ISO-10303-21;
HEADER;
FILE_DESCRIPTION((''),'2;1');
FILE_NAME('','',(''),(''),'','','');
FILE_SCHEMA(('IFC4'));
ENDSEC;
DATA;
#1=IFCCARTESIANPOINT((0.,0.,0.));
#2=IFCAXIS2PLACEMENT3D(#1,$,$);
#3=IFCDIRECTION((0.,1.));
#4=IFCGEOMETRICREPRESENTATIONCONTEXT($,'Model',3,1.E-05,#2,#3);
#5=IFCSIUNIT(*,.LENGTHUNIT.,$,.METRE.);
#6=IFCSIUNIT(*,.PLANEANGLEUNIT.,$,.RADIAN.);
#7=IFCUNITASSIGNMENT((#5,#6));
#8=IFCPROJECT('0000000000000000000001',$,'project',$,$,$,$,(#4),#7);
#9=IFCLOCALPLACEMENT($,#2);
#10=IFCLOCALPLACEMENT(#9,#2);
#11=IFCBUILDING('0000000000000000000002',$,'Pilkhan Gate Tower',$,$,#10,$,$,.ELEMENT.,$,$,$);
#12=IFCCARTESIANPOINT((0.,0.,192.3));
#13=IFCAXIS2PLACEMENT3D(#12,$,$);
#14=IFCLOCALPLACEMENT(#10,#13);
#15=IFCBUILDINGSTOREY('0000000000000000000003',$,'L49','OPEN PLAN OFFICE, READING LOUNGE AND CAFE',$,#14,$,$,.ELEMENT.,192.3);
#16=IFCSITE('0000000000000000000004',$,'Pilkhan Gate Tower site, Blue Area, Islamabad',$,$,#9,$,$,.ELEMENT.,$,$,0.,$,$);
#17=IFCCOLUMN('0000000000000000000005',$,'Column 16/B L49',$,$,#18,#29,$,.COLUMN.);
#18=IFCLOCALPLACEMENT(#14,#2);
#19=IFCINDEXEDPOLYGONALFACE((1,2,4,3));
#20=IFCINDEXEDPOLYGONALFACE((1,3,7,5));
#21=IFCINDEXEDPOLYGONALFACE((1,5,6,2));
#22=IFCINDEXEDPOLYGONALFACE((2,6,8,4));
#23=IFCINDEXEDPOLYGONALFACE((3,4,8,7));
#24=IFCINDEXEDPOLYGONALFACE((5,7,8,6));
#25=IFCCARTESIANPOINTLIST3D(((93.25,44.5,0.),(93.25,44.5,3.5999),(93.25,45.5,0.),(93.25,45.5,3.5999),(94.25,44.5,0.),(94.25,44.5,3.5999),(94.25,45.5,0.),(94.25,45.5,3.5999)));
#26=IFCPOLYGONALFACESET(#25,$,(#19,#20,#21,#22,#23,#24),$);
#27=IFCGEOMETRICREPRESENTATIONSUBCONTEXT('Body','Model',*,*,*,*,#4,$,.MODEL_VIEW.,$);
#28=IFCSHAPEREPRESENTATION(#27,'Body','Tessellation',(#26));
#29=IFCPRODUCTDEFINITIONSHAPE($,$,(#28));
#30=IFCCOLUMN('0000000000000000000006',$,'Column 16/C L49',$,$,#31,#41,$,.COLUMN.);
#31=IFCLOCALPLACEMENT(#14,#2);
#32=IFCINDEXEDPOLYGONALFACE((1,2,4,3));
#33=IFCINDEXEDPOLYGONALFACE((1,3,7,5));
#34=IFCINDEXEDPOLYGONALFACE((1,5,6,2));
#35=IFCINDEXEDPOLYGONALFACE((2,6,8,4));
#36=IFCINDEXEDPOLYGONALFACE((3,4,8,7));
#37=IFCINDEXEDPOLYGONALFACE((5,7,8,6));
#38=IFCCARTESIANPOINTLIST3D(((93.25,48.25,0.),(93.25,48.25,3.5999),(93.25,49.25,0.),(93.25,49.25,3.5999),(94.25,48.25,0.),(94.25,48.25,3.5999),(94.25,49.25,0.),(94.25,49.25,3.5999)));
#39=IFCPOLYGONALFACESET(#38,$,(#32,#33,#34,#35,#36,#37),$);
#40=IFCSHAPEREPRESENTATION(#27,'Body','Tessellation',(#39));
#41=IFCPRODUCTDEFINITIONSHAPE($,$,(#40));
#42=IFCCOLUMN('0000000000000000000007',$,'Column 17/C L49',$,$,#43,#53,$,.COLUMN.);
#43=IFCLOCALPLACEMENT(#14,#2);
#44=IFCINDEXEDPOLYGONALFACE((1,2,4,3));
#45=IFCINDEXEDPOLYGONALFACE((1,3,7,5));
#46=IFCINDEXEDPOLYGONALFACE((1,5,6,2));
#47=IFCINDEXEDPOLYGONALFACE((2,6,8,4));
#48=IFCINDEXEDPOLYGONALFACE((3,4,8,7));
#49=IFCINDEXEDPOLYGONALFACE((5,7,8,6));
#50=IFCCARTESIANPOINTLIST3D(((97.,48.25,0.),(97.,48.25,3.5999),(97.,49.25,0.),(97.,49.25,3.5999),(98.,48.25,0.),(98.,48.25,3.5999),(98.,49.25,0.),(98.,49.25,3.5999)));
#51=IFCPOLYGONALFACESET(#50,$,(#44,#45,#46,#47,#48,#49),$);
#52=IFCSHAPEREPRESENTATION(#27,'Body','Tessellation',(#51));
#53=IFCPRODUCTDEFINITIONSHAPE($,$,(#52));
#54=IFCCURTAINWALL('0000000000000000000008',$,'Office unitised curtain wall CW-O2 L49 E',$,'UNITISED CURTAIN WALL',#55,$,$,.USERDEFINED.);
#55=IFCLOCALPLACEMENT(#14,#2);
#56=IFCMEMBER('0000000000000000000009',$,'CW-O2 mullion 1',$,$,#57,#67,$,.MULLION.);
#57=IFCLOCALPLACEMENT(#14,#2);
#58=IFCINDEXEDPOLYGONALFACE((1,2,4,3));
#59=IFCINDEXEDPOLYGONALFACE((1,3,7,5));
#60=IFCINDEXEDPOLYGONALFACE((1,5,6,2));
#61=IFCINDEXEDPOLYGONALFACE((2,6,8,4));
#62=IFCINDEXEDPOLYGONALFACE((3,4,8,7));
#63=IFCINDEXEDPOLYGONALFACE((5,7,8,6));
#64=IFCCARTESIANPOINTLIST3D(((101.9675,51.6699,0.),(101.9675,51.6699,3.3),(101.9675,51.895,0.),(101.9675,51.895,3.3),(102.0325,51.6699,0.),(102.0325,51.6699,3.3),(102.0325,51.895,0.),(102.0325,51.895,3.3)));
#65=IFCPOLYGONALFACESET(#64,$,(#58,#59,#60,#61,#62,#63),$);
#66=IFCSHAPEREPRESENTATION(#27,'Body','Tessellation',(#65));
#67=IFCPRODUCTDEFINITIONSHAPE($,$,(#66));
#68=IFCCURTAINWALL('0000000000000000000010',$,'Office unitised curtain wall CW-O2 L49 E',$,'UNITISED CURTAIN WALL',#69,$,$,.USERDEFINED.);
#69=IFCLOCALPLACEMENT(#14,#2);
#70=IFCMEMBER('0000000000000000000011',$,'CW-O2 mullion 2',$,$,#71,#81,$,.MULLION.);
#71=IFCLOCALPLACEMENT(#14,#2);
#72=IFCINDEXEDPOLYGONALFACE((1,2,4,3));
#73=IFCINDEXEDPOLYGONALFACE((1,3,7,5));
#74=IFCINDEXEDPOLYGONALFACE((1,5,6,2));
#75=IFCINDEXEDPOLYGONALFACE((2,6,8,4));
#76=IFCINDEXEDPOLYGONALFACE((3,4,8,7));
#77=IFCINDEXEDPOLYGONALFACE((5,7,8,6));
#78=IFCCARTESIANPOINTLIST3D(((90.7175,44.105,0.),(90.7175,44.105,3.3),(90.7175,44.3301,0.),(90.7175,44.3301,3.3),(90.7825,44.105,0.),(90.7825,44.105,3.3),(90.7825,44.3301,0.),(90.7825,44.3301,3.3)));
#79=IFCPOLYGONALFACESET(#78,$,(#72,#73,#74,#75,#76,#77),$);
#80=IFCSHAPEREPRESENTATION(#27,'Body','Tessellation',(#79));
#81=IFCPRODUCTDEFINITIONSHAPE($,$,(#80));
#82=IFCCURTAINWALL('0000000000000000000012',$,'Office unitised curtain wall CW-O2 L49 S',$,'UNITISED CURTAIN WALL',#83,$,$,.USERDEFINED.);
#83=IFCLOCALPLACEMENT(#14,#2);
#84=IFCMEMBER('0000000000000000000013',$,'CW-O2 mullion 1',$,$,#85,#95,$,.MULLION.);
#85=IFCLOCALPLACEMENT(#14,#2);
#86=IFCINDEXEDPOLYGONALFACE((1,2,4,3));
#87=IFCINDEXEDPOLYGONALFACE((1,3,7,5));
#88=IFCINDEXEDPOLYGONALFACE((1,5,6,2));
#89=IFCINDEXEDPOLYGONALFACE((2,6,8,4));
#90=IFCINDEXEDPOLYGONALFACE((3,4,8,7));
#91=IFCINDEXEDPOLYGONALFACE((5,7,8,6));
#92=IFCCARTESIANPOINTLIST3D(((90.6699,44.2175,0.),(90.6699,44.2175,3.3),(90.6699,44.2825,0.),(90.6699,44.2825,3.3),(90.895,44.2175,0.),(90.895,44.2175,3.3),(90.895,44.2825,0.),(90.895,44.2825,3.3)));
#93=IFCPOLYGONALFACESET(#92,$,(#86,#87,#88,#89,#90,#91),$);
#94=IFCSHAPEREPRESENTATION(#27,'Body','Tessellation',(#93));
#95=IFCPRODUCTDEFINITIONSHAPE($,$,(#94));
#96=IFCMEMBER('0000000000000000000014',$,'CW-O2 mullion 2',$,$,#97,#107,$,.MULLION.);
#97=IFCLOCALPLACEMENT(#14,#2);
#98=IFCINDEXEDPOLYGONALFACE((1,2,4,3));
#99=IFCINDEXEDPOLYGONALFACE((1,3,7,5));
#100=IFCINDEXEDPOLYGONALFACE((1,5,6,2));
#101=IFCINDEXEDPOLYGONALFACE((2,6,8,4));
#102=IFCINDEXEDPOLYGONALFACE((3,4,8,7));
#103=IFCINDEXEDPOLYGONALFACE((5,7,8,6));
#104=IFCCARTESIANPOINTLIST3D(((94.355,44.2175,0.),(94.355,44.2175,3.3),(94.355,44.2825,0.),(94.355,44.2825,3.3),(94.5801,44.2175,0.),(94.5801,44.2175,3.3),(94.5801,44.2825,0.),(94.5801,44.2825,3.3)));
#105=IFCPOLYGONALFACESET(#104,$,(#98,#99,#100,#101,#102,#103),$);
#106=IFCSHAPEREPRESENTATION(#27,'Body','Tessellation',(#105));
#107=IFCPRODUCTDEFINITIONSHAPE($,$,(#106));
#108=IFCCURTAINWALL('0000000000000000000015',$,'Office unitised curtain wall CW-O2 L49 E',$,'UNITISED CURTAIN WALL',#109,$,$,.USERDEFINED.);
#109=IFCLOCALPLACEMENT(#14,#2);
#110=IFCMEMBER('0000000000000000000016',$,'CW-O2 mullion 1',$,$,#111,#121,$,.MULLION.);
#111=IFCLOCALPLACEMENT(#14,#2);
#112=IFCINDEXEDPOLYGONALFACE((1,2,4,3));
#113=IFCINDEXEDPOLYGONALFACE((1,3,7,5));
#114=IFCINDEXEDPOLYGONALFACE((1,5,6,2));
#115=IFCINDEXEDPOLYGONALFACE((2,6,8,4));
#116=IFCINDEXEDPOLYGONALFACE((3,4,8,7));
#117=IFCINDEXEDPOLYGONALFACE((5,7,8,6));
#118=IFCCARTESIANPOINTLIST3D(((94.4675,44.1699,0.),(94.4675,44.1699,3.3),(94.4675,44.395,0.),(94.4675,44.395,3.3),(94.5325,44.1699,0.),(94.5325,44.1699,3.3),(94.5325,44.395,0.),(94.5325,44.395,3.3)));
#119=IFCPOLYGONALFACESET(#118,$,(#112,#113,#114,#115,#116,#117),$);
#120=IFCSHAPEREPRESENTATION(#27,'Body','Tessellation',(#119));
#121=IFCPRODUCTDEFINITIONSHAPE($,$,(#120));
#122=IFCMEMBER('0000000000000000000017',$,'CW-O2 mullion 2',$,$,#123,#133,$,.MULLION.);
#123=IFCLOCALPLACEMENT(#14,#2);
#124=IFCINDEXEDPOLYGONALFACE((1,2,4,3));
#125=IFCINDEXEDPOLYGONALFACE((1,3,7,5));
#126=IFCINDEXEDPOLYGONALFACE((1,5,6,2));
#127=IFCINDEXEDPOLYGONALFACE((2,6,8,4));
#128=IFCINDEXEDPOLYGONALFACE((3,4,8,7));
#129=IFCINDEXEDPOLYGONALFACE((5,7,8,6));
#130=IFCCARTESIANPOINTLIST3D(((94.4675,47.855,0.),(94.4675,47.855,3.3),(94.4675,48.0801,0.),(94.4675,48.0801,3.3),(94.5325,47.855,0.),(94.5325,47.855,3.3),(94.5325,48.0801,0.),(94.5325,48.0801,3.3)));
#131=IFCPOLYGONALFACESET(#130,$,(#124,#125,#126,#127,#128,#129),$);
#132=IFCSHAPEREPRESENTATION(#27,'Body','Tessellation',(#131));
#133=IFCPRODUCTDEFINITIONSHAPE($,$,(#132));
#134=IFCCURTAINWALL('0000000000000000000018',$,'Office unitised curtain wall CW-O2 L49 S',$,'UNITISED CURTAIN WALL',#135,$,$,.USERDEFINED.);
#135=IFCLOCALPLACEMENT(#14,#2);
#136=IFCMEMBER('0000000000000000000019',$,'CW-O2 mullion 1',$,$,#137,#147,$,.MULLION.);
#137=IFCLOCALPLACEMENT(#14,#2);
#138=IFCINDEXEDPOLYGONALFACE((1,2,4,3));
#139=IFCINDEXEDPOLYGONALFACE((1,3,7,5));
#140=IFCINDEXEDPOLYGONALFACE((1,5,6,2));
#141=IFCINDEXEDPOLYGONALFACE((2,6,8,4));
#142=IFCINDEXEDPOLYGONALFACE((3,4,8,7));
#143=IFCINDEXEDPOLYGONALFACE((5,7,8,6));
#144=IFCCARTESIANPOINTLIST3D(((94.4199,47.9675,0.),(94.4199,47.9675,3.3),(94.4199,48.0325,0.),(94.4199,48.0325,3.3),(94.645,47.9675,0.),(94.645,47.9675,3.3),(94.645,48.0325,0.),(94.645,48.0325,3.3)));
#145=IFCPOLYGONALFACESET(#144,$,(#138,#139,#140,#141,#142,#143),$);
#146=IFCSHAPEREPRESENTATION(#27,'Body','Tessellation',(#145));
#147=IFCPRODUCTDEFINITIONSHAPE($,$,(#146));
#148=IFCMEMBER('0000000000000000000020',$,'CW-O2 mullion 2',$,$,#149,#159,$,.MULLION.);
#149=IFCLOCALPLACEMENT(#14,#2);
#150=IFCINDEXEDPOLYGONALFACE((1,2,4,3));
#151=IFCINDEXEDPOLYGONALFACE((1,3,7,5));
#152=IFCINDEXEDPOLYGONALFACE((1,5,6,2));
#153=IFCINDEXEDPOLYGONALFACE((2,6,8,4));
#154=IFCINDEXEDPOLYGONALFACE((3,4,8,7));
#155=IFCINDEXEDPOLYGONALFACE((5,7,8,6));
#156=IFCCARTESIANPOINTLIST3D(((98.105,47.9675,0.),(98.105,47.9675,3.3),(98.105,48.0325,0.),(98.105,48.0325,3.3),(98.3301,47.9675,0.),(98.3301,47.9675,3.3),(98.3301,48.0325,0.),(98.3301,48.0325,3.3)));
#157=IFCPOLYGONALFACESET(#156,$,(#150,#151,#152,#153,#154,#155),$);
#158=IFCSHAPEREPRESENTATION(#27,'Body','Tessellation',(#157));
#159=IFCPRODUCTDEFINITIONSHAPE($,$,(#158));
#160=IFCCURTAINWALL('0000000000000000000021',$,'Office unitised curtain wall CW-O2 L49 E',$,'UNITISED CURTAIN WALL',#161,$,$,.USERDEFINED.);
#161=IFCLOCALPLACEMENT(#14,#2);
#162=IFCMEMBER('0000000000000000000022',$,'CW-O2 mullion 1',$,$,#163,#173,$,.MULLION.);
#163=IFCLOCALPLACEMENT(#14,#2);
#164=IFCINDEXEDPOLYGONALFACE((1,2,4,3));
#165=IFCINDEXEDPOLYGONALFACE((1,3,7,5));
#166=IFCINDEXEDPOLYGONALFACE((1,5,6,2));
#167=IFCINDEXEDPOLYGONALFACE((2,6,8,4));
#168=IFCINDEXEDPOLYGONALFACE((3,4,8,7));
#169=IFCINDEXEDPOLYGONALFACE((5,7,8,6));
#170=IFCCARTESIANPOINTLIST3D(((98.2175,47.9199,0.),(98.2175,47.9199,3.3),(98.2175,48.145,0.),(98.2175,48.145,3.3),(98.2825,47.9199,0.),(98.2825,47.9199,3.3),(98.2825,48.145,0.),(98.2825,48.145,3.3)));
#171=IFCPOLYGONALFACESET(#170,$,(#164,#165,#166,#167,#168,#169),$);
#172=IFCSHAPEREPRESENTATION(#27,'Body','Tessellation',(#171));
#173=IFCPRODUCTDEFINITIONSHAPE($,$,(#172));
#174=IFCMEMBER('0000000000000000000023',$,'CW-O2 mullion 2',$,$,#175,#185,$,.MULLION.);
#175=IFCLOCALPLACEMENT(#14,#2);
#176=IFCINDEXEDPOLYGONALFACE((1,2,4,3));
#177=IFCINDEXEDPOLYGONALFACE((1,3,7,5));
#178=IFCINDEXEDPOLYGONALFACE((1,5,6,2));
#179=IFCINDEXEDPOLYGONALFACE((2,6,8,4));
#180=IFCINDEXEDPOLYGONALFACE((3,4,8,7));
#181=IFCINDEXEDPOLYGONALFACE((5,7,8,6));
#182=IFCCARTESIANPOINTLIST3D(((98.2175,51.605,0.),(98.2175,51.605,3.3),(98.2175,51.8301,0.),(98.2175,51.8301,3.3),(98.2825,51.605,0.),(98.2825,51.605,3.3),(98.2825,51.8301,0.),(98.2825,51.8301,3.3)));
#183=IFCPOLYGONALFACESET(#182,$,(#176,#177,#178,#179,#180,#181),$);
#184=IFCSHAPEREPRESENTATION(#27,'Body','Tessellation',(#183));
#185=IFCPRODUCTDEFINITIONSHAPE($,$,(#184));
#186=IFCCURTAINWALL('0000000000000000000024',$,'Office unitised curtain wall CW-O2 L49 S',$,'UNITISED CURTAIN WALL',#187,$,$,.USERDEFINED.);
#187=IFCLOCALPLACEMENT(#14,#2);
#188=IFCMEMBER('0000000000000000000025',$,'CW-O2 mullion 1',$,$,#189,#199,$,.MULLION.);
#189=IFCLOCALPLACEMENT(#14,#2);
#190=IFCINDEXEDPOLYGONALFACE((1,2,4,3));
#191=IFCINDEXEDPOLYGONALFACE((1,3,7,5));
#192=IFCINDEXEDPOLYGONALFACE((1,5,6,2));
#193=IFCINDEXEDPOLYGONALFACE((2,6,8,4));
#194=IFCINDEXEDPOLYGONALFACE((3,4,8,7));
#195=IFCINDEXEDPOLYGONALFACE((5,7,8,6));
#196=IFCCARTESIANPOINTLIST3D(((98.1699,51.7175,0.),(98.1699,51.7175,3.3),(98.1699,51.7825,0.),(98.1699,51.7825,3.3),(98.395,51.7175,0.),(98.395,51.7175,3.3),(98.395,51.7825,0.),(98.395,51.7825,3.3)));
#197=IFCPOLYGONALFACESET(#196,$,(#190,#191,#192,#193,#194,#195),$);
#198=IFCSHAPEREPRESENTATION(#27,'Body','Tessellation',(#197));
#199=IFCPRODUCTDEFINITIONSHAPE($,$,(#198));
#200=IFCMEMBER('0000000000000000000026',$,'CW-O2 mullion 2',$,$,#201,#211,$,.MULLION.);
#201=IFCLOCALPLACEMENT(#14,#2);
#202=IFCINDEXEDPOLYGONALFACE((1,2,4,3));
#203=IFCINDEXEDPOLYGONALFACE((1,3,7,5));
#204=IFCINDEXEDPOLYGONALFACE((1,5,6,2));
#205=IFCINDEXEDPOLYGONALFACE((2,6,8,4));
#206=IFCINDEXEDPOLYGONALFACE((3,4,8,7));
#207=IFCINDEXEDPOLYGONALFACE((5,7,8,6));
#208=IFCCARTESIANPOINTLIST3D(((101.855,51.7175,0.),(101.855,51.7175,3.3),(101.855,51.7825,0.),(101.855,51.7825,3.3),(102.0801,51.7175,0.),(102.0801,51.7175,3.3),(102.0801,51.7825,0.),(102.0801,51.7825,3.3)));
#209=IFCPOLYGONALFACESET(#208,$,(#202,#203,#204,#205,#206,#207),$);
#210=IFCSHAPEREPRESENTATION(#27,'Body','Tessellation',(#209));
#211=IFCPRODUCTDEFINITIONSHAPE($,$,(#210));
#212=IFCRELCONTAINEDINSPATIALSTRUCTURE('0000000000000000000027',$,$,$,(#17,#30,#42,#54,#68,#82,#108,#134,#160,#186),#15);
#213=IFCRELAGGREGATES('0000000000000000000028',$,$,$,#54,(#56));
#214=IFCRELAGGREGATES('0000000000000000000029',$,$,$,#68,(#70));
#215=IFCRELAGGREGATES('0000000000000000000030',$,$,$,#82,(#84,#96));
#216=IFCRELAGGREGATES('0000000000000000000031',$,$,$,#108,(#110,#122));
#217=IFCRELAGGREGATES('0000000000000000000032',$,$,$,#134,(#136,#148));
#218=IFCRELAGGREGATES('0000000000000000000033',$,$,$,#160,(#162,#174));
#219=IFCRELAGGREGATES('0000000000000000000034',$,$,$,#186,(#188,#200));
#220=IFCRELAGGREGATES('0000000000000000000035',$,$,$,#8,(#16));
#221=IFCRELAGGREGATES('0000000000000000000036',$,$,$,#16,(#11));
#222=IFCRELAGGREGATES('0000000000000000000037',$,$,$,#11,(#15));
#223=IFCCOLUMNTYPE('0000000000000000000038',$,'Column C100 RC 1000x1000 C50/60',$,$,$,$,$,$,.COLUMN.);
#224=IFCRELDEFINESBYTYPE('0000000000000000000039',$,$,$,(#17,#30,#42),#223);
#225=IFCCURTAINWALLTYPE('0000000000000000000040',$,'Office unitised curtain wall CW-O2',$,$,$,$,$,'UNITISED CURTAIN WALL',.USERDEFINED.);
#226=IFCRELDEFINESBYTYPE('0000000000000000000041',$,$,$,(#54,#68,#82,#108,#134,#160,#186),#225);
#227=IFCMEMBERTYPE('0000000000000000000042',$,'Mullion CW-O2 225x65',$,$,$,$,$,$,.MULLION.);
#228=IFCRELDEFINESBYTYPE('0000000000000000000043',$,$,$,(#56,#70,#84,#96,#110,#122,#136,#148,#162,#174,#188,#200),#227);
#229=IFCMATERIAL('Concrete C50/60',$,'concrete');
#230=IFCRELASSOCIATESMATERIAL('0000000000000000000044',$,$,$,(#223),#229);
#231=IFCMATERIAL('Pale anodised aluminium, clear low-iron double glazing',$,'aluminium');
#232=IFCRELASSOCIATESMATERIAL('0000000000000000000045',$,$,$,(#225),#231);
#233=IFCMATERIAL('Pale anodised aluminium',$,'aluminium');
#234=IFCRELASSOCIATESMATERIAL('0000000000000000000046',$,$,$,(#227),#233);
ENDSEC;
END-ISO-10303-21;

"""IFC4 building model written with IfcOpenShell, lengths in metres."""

from ifc_helpers import new_model, si_unit, direction, frame, origin, origin_2d, place, context, subcontext, project, spatial, rectangle, extrude, material, material_profile, profile_set, type_object, element, aggregate, save


model = new_model("IFC4")

# Units and contexts
model_context = context("Model", 3, precision=1e-05, world=origin(), true_north=direction((0.0, 1.0)))
body_context = subcontext(model_context, "Body", "Model", "MODEL_VIEW")
ifc_project = project(units=[si_unit("LENGTHUNIT", "METRE"), si_unit("PLANEANGLEUNIT", "RADIAN")], contexts=[model_context])

# Site, building, storey
site_placement = place(None, origin())
site = spatial("IfcSite", under=ifc_project, at=site_placement, Name="Pilkhan Gate Tower site, Blue Area, Islamabad", CompositionType="ELEMENT", RefElevation=0.0)
building_placement = place(site_placement, origin())
building = spatial("IfcBuilding", under=site, at=building_placement, Name="Pilkhan Gate Tower", CompositionType="ELEMENT")
storey_placement = place(building_placement, frame((0.0, 0.0, 192.3)))
storey = spatial("IfcBuildingStorey", under=building, at=storey_placement, Name="L49", Description="OPEN PLAN OFFICE, READING LOUNGE AND CAFE", CompositionType="ELEMENT", Elevation=192.3)

# Columns
ifc_material_1 = material(Name="Concrete C50/60", Category="concrete")
ifc_material_profile_1 = material_profile(ifc_material_1, rectangle(XDim=1.0, YDim=1.0, at=origin_2d()), Name="RC 1000x1000")
ifc_profile_set_1 = profile_set([ifc_material_profile_1], Name="Concrete C50/60")
column_type = type_object("IfcColumnType", Name="Column C100 RC 1000x1000 C50/60", PredefinedType="COLUMN", material=ifc_profile_set_1)
for number, where, z_axis, x_axis, name in (
    (1, (93.75, 45.0, 0.0), (0.0, 0.0, 1.0), (1.0, 0.0, 0.0), "Column 16/B L49"),
    (2, (93.75, 48.75, 0.0), (0.0, 0.0, 1.0), (1.0, 0.0, 0.0), "Column 16/C L49"),
    (3, (97.5, 48.75, 0.0), (0.0, 0.0, 1.0), (1.0, 0.0, 0.0), "Column 17/C L49"),
):
    element("IfcColumn", number, at=place(storey_placement, frame(where, z_axis=z_axis, x_axis=x_axis)), inside=storey, type_object=column_type, Name=name, PredefinedType="COLUMN", context=body_context, shape_type="SweptSolid", body=[
        extrude(rectangle(XDim=1.0, YDim=1.0, at=origin_2d()), origin(), (0.0, 0.0, 1.0), 3.5999),
    ])

# Curtain walls, members
ifc_material_2 = material(Name="Pale anodised aluminium, clear low-iron double glazing", Category="aluminium")
curtain_wall_type = type_object("IfcCurtainWallType", Name="Office unitised curtain wall CW-O2", ElementType="UNITISED CURTAIN WALL", PredefinedType="USERDEFINED", material=ifc_material_2)
curtain_wall_1_placement = place(storey_placement, origin())
curtain_wall_1 = element("IfcCurtainWall", 4, at=curtain_wall_1_placement, inside=storey, type_object=curtain_wall_type, Name="Office unitised curtain wall CW-O2 L49 E", ObjectType="UNITISED CURTAIN WALL", PredefinedType="USERDEFINED")
ifc_material_3 = material(Name="Pale anodised aluminium", Category="aluminium")
ifc_material_profile_2 = material_profile(ifc_material_3, rectangle(XDim=0.0649, YDim=0.2251, at=origin_2d()), Name="Mullion 225x65")
ifc_profile_set_2 = profile_set([ifc_material_profile_2], Name="Pale anodised aluminium")
member_type_1 = type_object("IfcMemberType", Name="Mullion CW-O2 225x65", PredefinedType="MULLION", material=ifc_profile_set_2)
member_1_placement = place(storey_placement, frame((102.0, 51.7825, 0.0), z_axis=(0.0, 0.0, 1.0), x_axis=(-1.0, 0.0, 0.0)))
member_1 = element("IfcMember", 5, at=member_1_placement, type_object=member_type_1, Name="CW-O2 mullion 1", PredefinedType="MULLION", context=body_context, shape_type="SweptSolid", body=[
    extrude(rectangle(XDim=0.0649, YDim=0.2251, at=origin_2d()), origin(), (0.0, 0.0, 1.0), 3.3),
])
aggregate(curtain_wall_1, [member_1])
curtain_wall_2_placement = place(storey_placement, origin())
curtain_wall_2 = element("IfcCurtainWall", 6, at=curtain_wall_2_placement, inside=storey, type_object=curtain_wall_type, Name="Office unitised curtain wall CW-O2 L49 E", ObjectType="UNITISED CURTAIN WALL", PredefinedType="USERDEFINED")
member_2_placement = place(storey_placement, frame((90.75, 44.2175, 0.0), z_axis=(0.0, 0.0, 1.0), x_axis=(-1.0, 0.0, 0.0)))
member_2 = element("IfcMember", 7, at=member_2_placement, type_object=member_type_1, Name="CW-O2 mullion 2", PredefinedType="MULLION", context=body_context, shape_type="SweptSolid", body=[
    extrude(rectangle(XDim=0.0649, YDim=0.2251, at=origin_2d()), origin(), (0.0, 0.0, 1.0), 3.3),
])

# Curtain walls, members
curtain_wall_3_placement = place(storey_placement, origin())
curtain_wall_3 = element("IfcCurtainWall", 8, at=curtain_wall_3_placement, inside=storey, type_object=curtain_wall_type, Name="Office unitised curtain wall CW-O2 L49 S", ObjectType="UNITISED CURTAIN WALL", PredefinedType="USERDEFINED")
member_3_placement = place(storey_placement, frame((90.7825, 44.25, 0.0), z_axis=(0.0, 0.0, 1.0), x_axis=(0.0, 1.0, 0.0)))
member_3 = element("IfcMember", 9, at=member_3_placement, type_object=member_type_1, Name="CW-O2 mullion 1", PredefinedType="MULLION", context=body_context, shape_type="SweptSolid", body=[
    extrude(rectangle(XDim=0.0649, YDim=0.2251, at=origin_2d()), origin(), (0.0, 0.0, 1.0), 3.3),
])
member_4_placement = place(storey_placement, frame((94.4675, 44.25, 0.0), z_axis=(0.0, 0.0, 1.0), x_axis=(0.0, 1.0, 0.0)))
member_4 = element("IfcMember", 10, at=member_4_placement, type_object=member_type_1, Name="CW-O2 mullion 2", PredefinedType="MULLION", context=body_context, shape_type="SweptSolid", body=[
    extrude(rectangle(XDim=0.0649, YDim=0.2251, at=origin_2d()), origin(), (0.0, 0.0, 1.0), 3.3),
])
curtain_wall_4_placement = place(storey_placement, origin())
curtain_wall_4 = element("IfcCurtainWall", 11, at=curtain_wall_4_placement, inside=storey, type_object=curtain_wall_type, Name="Office unitised curtain wall CW-O2 L49 E", ObjectType="UNITISED CURTAIN WALL", PredefinedType="USERDEFINED")
member_5_placement = place(storey_placement, frame((94.5, 44.2825, 0.0), z_axis=(0.0, 0.0, 1.0), x_axis=(-1.0, 0.0, 0.0)))
member_5 = element("IfcMember", 12, at=member_5_placement, type_object=member_type_1, Name="CW-O2 mullion 1", PredefinedType="MULLION", context=body_context, shape_type="SweptSolid", body=[
    extrude(rectangle(XDim=0.0649, YDim=0.2251, at=origin_2d()), origin(), (0.0, 0.0, 1.0), 3.3),
])
member_6_placement = place(storey_placement, frame((94.5, 47.9675, 0.0), z_axis=(0.0, 0.0, 1.0), x_axis=(-1.0, 0.0, 0.0)))
member_6 = element("IfcMember", 13, at=member_6_placement, type_object=member_type_1, Name="CW-O2 mullion 2", PredefinedType="MULLION", context=body_context, shape_type="SweptSolid", body=[
    extrude(rectangle(XDim=0.0649, YDim=0.2251, at=origin_2d()), origin(), (0.0, 0.0, 1.0), 3.3),
])
curtain_wall_5_placement = place(storey_placement, origin())
curtain_wall_5 = element("IfcCurtainWall", 14, at=curtain_wall_5_placement, inside=storey, type_object=curtain_wall_type, Name="Office unitised curtain wall CW-O2 L49 S", ObjectType="UNITISED CURTAIN WALL", PredefinedType="USERDEFINED")
member_7_placement = place(storey_placement, frame((94.5325, 48.0, 0.0), z_axis=(0.0, 0.0, 1.0), x_axis=(0.0, 1.0, 0.0)))
member_7 = element("IfcMember", 15, at=member_7_placement, type_object=member_type_1, Name="CW-O2 mullion 1", PredefinedType="MULLION", context=body_context, shape_type="SweptSolid", body=[
    extrude(rectangle(XDim=0.0649, YDim=0.2251, at=origin_2d()), origin(), (0.0, 0.0, 1.0), 3.3),
])
member_8_placement = place(storey_placement, frame((98.2175, 48.0, 0.0), z_axis=(0.0, 0.0, 1.0), x_axis=(0.0, 1.0, 0.0)))
member_8 = element("IfcMember", 16, at=member_8_placement, type_object=member_type_1, Name="CW-O2 mullion 2", PredefinedType="MULLION", context=body_context, shape_type="SweptSolid", body=[
    extrude(rectangle(XDim=0.0649, YDim=0.2251, at=origin_2d()), origin(), (0.0, 0.0, 1.0), 3.3),
])
curtain_wall_6_placement = place(storey_placement, origin())
curtain_wall_6 = element("IfcCurtainWall", 17, at=curtain_wall_6_placement, inside=storey, type_object=curtain_wall_type, Name="Office unitised curtain wall CW-O2 L49 E", ObjectType="UNITISED CURTAIN WALL", PredefinedType="USERDEFINED")
member_9_placement = place(storey_placement, frame((98.25, 48.0325, 0.0), z_axis=(0.0, 0.0, 1.0), x_axis=(-1.0, 0.0, 0.0)))
member_9 = element("IfcMember", 18, at=member_9_placement, type_object=member_type_1, Name="CW-O2 mullion 1", PredefinedType="MULLION", context=body_context, shape_type="SweptSolid", body=[
    extrude(rectangle(XDim=0.0649, YDim=0.2251, at=origin_2d()), origin(), (0.0, 0.0, 1.0), 3.3),
])
member_10_placement = place(storey_placement, frame((98.25, 51.7175, 0.0), z_axis=(0.0, 0.0, 1.0), x_axis=(-1.0, 0.0, 0.0)))
member_10 = element("IfcMember", 19, at=member_10_placement, type_object=member_type_1, Name="CW-O2 mullion 2", PredefinedType="MULLION", context=body_context, shape_type="SweptSolid", body=[
    extrude(rectangle(XDim=0.0649, YDim=0.2251, at=origin_2d()), origin(), (0.0, 0.0, 1.0), 3.3),
])
curtain_wall_7_placement = place(storey_placement, origin())
curtain_wall_7 = element("IfcCurtainWall", 20, at=curtain_wall_7_placement, inside=storey, type_object=curtain_wall_type, Name="Office unitised curtain wall CW-O2 L49 S", ObjectType="UNITISED CURTAIN WALL", PredefinedType="USERDEFINED")
member_11_placement = place(storey_placement, frame((98.2825, 51.75, 0.0), z_axis=(0.0, 0.0, 1.0), x_axis=(0.0, 1.0, 0.0)))
member_11 = element("IfcMember", 21, at=member_11_placement, type_object=member_type_1, Name="CW-O2 mullion 1", PredefinedType="MULLION", context=body_context, shape_type="SweptSolid", body=[
    extrude(rectangle(XDim=0.0649, YDim=0.2251, at=origin_2d()), origin(), (0.0, 0.0, 1.0), 3.3),
])
member_12_placement = place(storey_placement, frame((101.9675, 51.75, 0.0), z_axis=(0.0, 0.0, 1.0), x_axis=(0.0, 1.0, 0.0)))
member_12 = element("IfcMember", 22, at=member_12_placement, type_object=member_type_1, Name="CW-O2 mullion 2", PredefinedType="MULLION", context=body_context, shape_type="SweptSolid", body=[
    extrude(rectangle(XDim=0.0649, YDim=0.2251, at=origin_2d()), origin(), (0.0, 0.0, 1.0), 3.3),
])

aggregate(curtain_wall_2, [member_2])
aggregate(curtain_wall_3, [member_3, member_4])
aggregate(curtain_wall_4, [member_5, member_6])
aggregate(curtain_wall_5, [member_7, member_8])
aggregate(curtain_wall_6, [member_9, member_10])
aggregate(curtain_wall_7, [member_11, member_12])

save(model, "model.ifc")
